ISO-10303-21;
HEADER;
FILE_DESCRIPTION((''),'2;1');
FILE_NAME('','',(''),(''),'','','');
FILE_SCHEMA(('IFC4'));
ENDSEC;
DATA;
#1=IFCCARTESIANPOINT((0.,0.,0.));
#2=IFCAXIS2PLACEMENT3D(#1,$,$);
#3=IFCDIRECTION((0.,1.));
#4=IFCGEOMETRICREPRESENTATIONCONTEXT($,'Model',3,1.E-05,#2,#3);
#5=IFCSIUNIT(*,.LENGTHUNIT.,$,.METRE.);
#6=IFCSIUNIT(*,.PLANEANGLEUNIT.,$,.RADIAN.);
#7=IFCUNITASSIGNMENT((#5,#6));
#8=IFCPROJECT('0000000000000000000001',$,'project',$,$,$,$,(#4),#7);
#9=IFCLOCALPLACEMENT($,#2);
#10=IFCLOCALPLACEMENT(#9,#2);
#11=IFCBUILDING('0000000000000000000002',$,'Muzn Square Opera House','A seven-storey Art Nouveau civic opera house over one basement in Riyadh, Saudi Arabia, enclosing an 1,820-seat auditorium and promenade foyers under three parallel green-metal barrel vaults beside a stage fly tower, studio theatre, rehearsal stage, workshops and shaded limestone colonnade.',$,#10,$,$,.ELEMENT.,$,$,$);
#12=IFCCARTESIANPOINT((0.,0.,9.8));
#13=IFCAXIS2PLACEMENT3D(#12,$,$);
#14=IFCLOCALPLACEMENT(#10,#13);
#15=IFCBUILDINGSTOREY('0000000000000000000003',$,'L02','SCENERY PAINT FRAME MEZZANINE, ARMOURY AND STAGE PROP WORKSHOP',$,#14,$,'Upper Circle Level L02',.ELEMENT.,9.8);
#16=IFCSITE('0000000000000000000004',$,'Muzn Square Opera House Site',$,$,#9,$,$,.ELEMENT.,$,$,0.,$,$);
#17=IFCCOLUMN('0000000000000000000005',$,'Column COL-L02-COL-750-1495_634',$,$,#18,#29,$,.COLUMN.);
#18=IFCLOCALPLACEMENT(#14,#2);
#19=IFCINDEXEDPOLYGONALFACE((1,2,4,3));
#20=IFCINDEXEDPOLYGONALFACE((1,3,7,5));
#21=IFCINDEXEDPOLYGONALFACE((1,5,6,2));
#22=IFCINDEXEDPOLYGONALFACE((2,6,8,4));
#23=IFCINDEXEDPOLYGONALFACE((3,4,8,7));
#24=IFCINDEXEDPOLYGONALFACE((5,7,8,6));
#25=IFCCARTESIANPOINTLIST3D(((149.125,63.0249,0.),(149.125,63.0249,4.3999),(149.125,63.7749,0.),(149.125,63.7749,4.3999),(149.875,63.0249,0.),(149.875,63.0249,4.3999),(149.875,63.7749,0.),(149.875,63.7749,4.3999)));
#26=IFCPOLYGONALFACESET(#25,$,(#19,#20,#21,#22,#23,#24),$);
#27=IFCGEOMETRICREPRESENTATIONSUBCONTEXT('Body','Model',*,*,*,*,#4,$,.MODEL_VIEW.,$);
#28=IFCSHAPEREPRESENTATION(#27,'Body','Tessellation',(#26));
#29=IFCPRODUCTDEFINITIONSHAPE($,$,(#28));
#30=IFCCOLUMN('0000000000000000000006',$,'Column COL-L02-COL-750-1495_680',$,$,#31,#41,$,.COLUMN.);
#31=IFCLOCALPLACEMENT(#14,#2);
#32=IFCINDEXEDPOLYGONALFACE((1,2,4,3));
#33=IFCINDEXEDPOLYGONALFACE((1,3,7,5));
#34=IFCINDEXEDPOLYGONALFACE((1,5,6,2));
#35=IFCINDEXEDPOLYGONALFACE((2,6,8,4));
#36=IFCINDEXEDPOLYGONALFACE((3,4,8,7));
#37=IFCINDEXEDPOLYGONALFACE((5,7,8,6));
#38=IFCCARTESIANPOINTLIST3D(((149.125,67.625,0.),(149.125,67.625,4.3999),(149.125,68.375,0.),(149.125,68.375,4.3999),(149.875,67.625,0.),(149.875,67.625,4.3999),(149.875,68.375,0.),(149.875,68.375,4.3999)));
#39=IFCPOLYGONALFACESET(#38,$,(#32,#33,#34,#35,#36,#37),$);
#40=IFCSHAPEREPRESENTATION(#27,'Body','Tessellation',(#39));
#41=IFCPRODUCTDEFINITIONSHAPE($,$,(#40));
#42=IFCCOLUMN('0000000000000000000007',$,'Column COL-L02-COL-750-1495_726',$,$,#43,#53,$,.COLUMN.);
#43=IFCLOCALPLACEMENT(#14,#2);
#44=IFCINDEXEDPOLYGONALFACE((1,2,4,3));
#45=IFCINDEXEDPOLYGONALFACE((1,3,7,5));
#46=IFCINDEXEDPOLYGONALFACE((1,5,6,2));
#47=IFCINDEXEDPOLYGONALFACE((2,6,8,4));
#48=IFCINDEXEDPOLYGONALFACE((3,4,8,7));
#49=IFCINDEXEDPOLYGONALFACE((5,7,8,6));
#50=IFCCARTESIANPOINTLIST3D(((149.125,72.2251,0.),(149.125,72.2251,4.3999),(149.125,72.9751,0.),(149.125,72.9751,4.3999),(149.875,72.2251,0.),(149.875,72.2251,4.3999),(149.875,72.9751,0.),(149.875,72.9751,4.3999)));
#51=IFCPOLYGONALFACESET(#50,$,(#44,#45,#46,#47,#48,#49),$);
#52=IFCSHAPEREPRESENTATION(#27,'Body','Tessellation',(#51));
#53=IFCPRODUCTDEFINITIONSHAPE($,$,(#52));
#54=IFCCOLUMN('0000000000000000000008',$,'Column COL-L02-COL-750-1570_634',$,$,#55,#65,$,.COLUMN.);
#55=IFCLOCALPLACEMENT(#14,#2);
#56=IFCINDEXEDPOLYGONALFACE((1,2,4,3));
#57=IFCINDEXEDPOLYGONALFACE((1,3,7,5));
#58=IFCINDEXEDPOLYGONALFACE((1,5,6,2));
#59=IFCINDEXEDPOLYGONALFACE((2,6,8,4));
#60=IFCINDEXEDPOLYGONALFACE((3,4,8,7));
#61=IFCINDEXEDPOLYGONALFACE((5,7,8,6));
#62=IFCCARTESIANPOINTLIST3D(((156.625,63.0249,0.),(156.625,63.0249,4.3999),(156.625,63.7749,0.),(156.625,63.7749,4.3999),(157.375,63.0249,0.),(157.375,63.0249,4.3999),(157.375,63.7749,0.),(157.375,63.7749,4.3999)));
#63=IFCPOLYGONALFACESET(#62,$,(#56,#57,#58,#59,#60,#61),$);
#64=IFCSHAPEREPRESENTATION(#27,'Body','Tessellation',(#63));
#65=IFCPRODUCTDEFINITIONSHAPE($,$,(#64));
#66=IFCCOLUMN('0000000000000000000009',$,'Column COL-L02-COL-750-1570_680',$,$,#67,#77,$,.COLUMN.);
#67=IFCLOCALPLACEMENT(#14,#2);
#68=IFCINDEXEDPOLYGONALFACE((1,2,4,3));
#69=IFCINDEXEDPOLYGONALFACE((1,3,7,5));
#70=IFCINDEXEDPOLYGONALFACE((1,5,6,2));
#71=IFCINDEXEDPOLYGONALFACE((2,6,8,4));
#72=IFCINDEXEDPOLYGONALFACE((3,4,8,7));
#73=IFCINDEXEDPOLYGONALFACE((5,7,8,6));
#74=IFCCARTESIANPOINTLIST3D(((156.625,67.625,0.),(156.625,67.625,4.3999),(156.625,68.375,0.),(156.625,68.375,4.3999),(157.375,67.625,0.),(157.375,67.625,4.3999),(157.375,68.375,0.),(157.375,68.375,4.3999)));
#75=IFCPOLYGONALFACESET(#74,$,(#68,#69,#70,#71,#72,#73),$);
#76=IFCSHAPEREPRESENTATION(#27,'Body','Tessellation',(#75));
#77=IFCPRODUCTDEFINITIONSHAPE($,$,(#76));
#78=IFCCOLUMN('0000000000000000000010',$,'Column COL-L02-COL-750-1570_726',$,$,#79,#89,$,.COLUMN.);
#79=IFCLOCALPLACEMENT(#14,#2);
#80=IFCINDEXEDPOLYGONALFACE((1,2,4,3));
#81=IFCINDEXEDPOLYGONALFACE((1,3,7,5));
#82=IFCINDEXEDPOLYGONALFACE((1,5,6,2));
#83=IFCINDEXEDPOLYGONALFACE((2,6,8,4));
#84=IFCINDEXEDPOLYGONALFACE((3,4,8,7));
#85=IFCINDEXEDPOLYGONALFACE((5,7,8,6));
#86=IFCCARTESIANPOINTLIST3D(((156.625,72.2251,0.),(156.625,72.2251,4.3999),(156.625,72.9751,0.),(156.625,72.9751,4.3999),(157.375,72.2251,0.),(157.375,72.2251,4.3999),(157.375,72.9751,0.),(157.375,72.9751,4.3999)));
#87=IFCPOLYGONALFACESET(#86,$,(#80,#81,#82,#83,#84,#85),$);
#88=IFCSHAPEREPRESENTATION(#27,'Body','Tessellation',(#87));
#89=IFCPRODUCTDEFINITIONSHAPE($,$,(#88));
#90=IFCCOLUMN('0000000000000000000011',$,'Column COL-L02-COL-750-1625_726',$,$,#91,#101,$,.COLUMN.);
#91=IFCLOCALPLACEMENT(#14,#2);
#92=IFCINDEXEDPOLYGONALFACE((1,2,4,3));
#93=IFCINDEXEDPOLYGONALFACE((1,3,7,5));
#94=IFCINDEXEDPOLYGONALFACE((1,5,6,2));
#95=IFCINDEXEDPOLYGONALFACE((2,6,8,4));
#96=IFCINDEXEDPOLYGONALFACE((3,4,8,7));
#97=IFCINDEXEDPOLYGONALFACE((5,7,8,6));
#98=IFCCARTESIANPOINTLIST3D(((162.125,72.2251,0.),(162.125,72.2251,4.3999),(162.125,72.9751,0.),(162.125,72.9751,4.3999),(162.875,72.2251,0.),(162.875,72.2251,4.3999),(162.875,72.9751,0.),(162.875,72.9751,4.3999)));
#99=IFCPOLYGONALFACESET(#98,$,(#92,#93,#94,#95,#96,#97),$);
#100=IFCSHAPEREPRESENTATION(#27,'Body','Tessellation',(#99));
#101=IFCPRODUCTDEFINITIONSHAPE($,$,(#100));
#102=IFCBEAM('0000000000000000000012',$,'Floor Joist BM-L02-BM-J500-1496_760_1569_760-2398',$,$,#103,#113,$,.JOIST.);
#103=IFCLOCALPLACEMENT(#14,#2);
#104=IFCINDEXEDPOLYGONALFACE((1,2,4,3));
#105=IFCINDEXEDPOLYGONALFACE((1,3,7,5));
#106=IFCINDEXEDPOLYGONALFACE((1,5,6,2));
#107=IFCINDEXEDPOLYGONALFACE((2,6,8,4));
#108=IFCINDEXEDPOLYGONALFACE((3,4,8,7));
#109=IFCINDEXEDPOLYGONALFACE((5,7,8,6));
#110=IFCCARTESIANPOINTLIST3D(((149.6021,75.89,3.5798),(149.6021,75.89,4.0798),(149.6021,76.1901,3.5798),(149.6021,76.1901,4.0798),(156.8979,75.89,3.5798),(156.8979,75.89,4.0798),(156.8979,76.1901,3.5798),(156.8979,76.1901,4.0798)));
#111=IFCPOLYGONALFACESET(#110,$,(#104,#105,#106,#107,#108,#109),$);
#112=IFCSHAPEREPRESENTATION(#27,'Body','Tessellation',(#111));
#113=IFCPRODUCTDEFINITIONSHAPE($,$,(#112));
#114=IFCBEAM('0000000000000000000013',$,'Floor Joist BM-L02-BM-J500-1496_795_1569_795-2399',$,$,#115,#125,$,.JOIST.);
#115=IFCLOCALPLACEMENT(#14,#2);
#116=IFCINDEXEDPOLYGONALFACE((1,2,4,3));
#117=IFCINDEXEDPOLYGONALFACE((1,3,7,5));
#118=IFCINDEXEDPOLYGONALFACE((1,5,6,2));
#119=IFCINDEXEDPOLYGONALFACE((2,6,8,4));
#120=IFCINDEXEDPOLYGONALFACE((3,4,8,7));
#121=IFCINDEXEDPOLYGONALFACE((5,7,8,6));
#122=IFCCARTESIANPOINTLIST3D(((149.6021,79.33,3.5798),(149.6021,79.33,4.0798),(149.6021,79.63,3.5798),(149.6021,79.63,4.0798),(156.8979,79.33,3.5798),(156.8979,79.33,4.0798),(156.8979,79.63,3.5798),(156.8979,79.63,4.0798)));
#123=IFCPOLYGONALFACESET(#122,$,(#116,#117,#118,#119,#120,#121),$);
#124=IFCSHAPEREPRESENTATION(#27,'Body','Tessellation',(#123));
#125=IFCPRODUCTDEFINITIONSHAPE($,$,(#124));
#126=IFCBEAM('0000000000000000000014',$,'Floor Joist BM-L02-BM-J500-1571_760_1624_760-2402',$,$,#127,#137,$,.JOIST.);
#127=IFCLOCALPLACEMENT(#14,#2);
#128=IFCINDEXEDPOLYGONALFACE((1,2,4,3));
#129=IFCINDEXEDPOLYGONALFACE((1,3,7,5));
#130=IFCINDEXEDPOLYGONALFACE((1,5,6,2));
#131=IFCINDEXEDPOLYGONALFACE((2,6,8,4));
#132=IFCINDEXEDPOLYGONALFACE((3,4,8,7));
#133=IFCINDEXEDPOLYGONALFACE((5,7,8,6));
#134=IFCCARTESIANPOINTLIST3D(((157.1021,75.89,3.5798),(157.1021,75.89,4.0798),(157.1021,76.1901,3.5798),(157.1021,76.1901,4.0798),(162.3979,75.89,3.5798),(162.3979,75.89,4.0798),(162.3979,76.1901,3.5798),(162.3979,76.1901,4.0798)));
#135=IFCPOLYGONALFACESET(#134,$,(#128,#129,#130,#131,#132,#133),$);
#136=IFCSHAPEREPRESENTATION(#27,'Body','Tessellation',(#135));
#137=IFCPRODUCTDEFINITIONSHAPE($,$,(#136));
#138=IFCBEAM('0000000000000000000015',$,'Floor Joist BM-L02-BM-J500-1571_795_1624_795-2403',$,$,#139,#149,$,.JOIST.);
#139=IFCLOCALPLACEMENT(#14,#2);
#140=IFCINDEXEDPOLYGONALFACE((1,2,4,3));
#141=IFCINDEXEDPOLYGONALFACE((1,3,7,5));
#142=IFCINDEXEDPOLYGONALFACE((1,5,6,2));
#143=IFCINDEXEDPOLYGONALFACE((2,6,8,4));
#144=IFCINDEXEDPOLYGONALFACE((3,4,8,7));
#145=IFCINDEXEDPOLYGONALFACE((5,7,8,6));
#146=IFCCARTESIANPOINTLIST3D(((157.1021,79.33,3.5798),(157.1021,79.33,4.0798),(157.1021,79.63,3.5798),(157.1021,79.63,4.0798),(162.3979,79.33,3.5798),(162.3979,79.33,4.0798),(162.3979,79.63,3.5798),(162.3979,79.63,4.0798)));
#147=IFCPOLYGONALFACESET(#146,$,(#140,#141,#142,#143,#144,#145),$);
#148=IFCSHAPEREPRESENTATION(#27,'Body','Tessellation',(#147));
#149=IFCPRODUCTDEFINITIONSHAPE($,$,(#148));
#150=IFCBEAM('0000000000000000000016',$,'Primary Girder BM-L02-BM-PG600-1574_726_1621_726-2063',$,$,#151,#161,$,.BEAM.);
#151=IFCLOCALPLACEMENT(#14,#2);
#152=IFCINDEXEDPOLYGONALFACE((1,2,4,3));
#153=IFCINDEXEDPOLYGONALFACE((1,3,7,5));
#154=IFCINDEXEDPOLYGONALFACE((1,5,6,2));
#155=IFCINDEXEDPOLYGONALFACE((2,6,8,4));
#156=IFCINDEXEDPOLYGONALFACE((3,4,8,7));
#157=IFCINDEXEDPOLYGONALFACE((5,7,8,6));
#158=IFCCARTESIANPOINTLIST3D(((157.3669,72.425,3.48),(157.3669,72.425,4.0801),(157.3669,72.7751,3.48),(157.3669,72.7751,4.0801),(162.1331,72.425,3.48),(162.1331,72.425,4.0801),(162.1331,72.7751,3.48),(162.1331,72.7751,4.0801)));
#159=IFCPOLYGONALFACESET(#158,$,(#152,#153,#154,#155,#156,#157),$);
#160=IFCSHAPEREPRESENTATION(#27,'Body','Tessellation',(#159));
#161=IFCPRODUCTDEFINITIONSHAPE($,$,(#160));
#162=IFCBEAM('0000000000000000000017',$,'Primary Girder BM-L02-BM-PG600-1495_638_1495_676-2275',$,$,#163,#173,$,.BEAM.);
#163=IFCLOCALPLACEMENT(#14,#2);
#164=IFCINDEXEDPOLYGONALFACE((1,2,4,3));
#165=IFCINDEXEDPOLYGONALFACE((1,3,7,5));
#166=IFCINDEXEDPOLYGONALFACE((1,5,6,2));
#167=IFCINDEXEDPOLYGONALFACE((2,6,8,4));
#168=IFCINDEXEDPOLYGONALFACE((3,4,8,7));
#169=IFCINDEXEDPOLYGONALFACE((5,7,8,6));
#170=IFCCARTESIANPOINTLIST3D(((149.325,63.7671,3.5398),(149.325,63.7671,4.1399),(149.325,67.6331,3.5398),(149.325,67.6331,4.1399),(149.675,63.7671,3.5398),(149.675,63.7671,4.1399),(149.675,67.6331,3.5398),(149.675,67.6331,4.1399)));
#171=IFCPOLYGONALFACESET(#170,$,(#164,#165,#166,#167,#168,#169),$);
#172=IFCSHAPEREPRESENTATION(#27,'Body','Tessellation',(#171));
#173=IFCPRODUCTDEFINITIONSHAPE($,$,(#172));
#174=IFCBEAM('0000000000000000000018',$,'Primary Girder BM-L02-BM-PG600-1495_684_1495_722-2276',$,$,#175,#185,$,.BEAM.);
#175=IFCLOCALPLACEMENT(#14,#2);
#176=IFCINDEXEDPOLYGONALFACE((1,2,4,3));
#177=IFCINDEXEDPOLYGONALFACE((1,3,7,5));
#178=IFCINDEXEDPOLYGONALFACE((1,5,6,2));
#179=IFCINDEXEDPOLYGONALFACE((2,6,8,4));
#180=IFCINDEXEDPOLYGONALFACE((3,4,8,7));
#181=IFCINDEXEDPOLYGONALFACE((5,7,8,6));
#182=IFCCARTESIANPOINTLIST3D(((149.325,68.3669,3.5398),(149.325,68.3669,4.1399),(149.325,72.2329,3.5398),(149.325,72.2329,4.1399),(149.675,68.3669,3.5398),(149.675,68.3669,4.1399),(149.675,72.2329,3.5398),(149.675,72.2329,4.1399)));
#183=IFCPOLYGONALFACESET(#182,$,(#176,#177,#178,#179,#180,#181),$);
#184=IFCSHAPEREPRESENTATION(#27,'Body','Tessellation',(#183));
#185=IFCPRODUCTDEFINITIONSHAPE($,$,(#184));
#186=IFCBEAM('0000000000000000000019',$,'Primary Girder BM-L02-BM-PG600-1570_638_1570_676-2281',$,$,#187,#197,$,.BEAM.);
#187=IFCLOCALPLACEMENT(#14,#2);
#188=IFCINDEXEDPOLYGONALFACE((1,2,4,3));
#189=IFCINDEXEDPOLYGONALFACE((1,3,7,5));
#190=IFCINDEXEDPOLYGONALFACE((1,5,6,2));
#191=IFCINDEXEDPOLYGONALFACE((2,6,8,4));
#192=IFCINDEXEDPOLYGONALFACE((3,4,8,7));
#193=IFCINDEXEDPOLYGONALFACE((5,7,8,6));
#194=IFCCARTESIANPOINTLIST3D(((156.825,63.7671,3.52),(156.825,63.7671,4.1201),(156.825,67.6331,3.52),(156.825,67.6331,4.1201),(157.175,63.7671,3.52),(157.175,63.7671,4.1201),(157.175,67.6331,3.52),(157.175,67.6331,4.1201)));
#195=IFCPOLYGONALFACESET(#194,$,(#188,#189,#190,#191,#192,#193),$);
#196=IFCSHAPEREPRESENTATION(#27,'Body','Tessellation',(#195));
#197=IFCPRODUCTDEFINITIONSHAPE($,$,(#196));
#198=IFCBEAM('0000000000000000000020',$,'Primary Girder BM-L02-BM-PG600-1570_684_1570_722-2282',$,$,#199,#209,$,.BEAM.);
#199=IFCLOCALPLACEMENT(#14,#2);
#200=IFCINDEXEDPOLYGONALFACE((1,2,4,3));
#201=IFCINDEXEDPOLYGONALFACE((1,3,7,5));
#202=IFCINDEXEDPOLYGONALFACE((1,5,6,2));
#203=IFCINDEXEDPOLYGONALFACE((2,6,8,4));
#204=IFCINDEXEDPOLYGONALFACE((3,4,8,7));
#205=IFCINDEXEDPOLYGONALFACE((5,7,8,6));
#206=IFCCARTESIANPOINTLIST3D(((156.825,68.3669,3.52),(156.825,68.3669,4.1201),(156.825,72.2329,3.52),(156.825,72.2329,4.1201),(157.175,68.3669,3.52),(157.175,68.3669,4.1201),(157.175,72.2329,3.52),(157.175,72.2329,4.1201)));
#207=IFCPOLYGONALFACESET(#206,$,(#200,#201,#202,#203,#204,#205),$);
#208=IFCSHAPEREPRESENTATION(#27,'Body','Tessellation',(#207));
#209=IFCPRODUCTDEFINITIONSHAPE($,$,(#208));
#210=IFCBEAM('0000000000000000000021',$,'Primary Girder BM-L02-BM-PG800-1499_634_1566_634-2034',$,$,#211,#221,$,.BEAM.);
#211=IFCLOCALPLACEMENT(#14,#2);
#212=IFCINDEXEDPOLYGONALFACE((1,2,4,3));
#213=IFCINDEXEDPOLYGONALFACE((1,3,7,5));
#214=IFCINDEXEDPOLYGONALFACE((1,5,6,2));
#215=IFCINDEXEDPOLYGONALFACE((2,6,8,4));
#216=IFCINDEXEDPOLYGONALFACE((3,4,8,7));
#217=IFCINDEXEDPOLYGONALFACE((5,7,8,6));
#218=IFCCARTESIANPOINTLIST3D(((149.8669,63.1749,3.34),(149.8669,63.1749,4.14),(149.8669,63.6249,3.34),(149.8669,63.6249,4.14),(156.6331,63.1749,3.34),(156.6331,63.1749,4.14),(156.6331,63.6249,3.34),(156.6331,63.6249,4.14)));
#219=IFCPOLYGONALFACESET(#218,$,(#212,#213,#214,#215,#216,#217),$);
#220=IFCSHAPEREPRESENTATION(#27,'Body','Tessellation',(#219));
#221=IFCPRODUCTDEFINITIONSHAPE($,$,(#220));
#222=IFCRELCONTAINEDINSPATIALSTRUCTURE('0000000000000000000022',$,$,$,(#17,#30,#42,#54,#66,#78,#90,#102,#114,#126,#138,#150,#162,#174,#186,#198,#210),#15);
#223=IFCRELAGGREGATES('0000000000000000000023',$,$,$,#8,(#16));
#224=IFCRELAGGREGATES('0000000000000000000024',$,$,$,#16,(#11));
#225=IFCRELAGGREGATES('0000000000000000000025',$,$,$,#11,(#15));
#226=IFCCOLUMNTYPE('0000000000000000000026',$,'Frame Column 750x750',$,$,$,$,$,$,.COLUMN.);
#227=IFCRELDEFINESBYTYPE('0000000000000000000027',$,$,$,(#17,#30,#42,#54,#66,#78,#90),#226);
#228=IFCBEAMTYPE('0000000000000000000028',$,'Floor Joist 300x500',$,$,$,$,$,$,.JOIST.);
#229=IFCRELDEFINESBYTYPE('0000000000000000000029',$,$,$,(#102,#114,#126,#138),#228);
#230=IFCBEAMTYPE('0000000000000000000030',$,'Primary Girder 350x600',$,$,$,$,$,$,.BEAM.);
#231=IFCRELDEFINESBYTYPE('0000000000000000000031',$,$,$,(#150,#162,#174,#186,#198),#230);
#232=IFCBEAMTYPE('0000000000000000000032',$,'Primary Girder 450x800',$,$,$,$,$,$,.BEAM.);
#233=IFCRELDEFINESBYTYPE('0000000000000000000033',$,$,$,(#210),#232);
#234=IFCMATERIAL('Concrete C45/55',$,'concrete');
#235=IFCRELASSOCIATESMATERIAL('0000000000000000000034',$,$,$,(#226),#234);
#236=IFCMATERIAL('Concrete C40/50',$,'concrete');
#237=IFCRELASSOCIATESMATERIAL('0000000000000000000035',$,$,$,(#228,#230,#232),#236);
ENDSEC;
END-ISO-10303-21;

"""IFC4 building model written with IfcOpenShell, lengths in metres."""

from ifc_helpers import new_model, si_unit, direction, frame, origin, origin_2d, place, context, subcontext, project, spatial, rectangle, extrude, material, material_profile, profile_set, type_object, element, save


model = new_model("IFC4")

# Units and contexts
model_context = context("Model", 3, precision=1e-05, world=origin(), true_north=direction((0.0, 1.0)))
body_context = subcontext(model_context, "Body", "Model", "MODEL_VIEW")
ifc_project = project(units=[si_unit("LENGTHUNIT", "METRE"), si_unit("PLANEANGLEUNIT", "RADIAN")], contexts=[model_context])

# Site, building, storey
site_placement = place(None, origin())
site = spatial("IfcSite", under=ifc_project, at=site_placement, Name="Muzn Square Opera House Site", CompositionType="ELEMENT", RefElevation=0.0)
building_placement = place(site_placement, origin())
building = spatial("IfcBuilding", under=site, at=building_placement, Name="Muzn Square Opera House", Description="A seven-storey Art Nouveau civic opera house over one basement in Riyadh, Saudi Arabia, enclosing an 1,820-seat auditorium and promenade foyers under three parallel green-metal barrel vaults beside a stage fly tower, studio theatre, rehearsal stage, workshops and shaded limestone colonnade.", CompositionType="ELEMENT")
storey_placement = place(building_placement, frame((0.0, 0.0, 9.8)))
storey = spatial("IfcBuildingStorey", under=building, at=storey_placement, Name="L02", Description="SCENERY PAINT FRAME MEZZANINE, ARMOURY AND STAGE PROP WORKSHOP", LongName="Upper Circle Level L02", CompositionType="ELEMENT", Elevation=9.8)

# Columns
ifc_material_1 = material(Name="Concrete C45/55", Category="concrete")
ifc_material_profile_1 = material_profile(ifc_material_1, rectangle(XDim=0.75, YDim=0.75, at=origin_2d()), Name="RC 750x750", Category="concrete")
ifc_profile_set_1 = profile_set([ifc_material_profile_1], Name="Concrete C45/55")
column_type = type_object("IfcColumnType", Name="Frame Column 750x750", PredefinedType="COLUMN", material=ifc_profile_set_1)
for number, where, z_axis, x_axis, name in (
    (1, (149.5, 63.3999, 0.0), (0.0, 0.0, 1.0), (1.0, 0.0, 0.0), "Column COL-L02-COL-750-1495_634"),
    (2, (149.5, 68.0, 0.0), (0.0, 0.0, 1.0), (1.0, 0.0, 0.0), "Column COL-L02-COL-750-1495_680"),
    (3, (149.5, 72.6001, 0.0), (0.0, 0.0, 1.0), (1.0, 0.0, 0.0), "Column COL-L02-COL-750-1495_726"),
    (4, (157.0, 63.3999, 0.0), (0.0, 0.0, 1.0), (1.0, 0.0, 0.0), "Column COL-L02-COL-750-1570_634"),
    (5, (157.0, 68.0, 0.0), (0.0, 0.0, 1.0), (1.0, 0.0, 0.0), "Column COL-L02-COL-750-1570_680"),
    (6, (157.0, 72.6001, 0.0), (0.0, 0.0, 1.0), (1.0, 0.0, 0.0), "Column COL-L02-COL-750-1570_726"),
    (7, (162.5, 72.6001, 0.0), (0.0, 0.0, 1.0), (1.0, 0.0, 0.0), "Column COL-L02-COL-750-1625_726"),
):
    element("IfcColumn", number, at=place(storey_placement, frame(where, z_axis=z_axis, x_axis=x_axis)), inside=storey, type_object=column_type, Name=name, PredefinedType="COLUMN", context=body_context, shape_type="SweptSolid", body=[
        extrude(rectangle(XDim=0.75, YDim=0.75, at=origin_2d()), origin(), (0.0, 0.0, 1.0), 4.3999),
    ])

# Beams
ifc_material_2 = material(Name="Concrete C40/50", Category="concrete")
ifc_material_profile_2 = material_profile(ifc_material_2, rectangle(XDim=0.3, YDim=0.5, at=origin_2d()), Name="RCJ 300x500", Category="concrete")
ifc_profile_set_2 = profile_set([ifc_material_profile_2], Name="Concrete C40/50")
beam_type_1 = type_object("IfcBeamType", Name="Floor Joist 300x500", PredefinedType="JOIST", material=ifc_profile_set_2)
for number, where, z_axis, x_axis, name in (
    (8, (149.6021, 76.04, 3.8298), (1.0, 0.0, 0.0), (0.0, 1.0, 0.0), "Floor Joist BM-L02-BM-J500-1496_760_1569_760-2398"),
    (9, (149.6021, 79.48, 3.8298), (1.0, 0.0, 0.0), (0.0, 1.0, 0.0), "Floor Joist BM-L02-BM-J500-1496_795_1569_795-2399"),
):
    element("IfcBeam", number, at=place(storey_placement, frame(where, z_axis=z_axis, x_axis=x_axis)), inside=storey, type_object=beam_type_1, Name=name, PredefinedType="JOIST", context=body_context, shape_type="SweptSolid", body=[
        extrude(rectangle(XDim=0.3, YDim=0.5, at=origin_2d()), origin(), (0.0, 0.0, 1.0), 7.2959),
    ])
for number, where, z_axis, x_axis, name in (
    (10, (157.1021, 76.04, 3.8298), (1.0, 0.0, 0.0), (0.0, 1.0, 0.0), "Floor Joist BM-L02-BM-J500-1571_760_1624_760-2402"),
    (11, (157.1021, 79.48, 3.8298), (1.0, 0.0, 0.0), (0.0, 1.0, 0.0), "Floor Joist BM-L02-BM-J500-1571_795_1624_795-2403"),
):
    element("IfcBeam", number, at=place(storey_placement, frame(where, z_axis=z_axis, x_axis=x_axis)), inside=storey, type_object=beam_type_1, Name=name, PredefinedType="JOIST", context=body_context, shape_type="SweptSolid", body=[
        extrude(rectangle(XDim=0.3, YDim=0.5, at=origin_2d()), origin(), (0.0, 0.0, 1.0), 5.2959),
    ])
ifc_material_profile_3 = material_profile(ifc_material_2, rectangle(XDim=0.3501, YDim=0.6001, at=origin_2d()), Name="RCB 350x600", Category="concrete")
ifc_profile_set_3 = profile_set([ifc_material_profile_3], Name="Concrete C40/50")
beam_type_2 = type_object("IfcBeamType", Name="Primary Girder 350x600", PredefinedType="BEAM", material=ifc_profile_set_3)
beam_placement = place(storey_placement, frame((157.3669, 72.6001, 3.78), z_axis=(1.0, 0.0, 0.0), x_axis=(0.0, 1.0, 0.0)))
element("IfcBeam", 12, at=beam_placement, inside=storey, type_object=beam_type_2, Name="Primary Girder BM-L02-BM-PG600-1574_726_1621_726-2063", PredefinedType="BEAM", context=body_context, shape_type="SweptSolid", body=[
    extrude(rectangle(XDim=0.3501, YDim=0.6001, at=origin_2d()), origin(), (0.0, 0.0, 1.0), 4.7661),
])
for number, where, z_axis, x_axis, name in (
    (13, (149.5, 63.7671, 3.8398), (0.0, 1.0, 0.0), (-1.0, 0.0, 0.0), "Primary Girder BM-L02-BM-PG600-1495_638_1495_676-2275"),
    (14, (149.5, 68.3669, 3.8398), (0.0, 1.0, 0.0), (-1.0, 0.0, 0.0), "Primary Girder BM-L02-BM-PG600-1495_684_1495_722-2276"),
    (15, (157.0, 63.7671, 3.8201), (0.0, 1.0, 0.0), (-1.0, 0.0, 0.0), "Primary Girder BM-L02-BM-PG600-1570_638_1570_676-2281"),
    (16, (157.0, 68.3669, 3.8201), (0.0, 1.0, 0.0), (-1.0, 0.0, 0.0), "Primary Girder BM-L02-BM-PG600-1570_684_1570_722-2282"),
):
    element("IfcBeam", number, at=place(storey_placement, frame(where, z_axis=z_axis, x_axis=x_axis)), inside=storey, type_object=beam_type_2, Name=name, PredefinedType="BEAM", context=body_context, shape_type="SweptSolid", body=[
        extrude(rectangle(XDim=0.3501, YDim=0.6001, at=origin_2d()), origin(), (0.0, 0.0, 1.0), 3.866),
    ])
ifc_material_profile_4 = material_profile(ifc_material_2, rectangle(XDim=0.45, YDim=0.8, at=origin_2d()), Name="RCB 450x800", Category="concrete")
ifc_profile_set_4 = profile_set([ifc_material_profile_4], Name="Concrete C40/50")
beam_type_3 = type_object("IfcBeamType", Name="Primary Girder 450x800", PredefinedType="BEAM", material=ifc_profile_set_4)
for number, where, z_axis, x_axis, name in (
    (17, (149.8669, 63.3999, 3.74), (1.0, 0.0, 0.0), (0.0, 1.0, 0.0), "Primary Girder BM-L02-BM-PG800-1499_634_1566_634-2034"),
):
    element("IfcBeam", number, at=place(storey_placement, frame(where, z_axis=z_axis, x_axis=x_axis)), inside=storey, type_object=beam_type_3, Name=name, PredefinedType="BEAM", context=body_context, shape_type="SweptSolid", body=[
        extrude(rectangle(XDim=0.45, YDim=0.8, at=origin_2d()), origin(), (0.0, 0.0, 1.0), 6.7661),
    ])

save(model, "model.ifc")
